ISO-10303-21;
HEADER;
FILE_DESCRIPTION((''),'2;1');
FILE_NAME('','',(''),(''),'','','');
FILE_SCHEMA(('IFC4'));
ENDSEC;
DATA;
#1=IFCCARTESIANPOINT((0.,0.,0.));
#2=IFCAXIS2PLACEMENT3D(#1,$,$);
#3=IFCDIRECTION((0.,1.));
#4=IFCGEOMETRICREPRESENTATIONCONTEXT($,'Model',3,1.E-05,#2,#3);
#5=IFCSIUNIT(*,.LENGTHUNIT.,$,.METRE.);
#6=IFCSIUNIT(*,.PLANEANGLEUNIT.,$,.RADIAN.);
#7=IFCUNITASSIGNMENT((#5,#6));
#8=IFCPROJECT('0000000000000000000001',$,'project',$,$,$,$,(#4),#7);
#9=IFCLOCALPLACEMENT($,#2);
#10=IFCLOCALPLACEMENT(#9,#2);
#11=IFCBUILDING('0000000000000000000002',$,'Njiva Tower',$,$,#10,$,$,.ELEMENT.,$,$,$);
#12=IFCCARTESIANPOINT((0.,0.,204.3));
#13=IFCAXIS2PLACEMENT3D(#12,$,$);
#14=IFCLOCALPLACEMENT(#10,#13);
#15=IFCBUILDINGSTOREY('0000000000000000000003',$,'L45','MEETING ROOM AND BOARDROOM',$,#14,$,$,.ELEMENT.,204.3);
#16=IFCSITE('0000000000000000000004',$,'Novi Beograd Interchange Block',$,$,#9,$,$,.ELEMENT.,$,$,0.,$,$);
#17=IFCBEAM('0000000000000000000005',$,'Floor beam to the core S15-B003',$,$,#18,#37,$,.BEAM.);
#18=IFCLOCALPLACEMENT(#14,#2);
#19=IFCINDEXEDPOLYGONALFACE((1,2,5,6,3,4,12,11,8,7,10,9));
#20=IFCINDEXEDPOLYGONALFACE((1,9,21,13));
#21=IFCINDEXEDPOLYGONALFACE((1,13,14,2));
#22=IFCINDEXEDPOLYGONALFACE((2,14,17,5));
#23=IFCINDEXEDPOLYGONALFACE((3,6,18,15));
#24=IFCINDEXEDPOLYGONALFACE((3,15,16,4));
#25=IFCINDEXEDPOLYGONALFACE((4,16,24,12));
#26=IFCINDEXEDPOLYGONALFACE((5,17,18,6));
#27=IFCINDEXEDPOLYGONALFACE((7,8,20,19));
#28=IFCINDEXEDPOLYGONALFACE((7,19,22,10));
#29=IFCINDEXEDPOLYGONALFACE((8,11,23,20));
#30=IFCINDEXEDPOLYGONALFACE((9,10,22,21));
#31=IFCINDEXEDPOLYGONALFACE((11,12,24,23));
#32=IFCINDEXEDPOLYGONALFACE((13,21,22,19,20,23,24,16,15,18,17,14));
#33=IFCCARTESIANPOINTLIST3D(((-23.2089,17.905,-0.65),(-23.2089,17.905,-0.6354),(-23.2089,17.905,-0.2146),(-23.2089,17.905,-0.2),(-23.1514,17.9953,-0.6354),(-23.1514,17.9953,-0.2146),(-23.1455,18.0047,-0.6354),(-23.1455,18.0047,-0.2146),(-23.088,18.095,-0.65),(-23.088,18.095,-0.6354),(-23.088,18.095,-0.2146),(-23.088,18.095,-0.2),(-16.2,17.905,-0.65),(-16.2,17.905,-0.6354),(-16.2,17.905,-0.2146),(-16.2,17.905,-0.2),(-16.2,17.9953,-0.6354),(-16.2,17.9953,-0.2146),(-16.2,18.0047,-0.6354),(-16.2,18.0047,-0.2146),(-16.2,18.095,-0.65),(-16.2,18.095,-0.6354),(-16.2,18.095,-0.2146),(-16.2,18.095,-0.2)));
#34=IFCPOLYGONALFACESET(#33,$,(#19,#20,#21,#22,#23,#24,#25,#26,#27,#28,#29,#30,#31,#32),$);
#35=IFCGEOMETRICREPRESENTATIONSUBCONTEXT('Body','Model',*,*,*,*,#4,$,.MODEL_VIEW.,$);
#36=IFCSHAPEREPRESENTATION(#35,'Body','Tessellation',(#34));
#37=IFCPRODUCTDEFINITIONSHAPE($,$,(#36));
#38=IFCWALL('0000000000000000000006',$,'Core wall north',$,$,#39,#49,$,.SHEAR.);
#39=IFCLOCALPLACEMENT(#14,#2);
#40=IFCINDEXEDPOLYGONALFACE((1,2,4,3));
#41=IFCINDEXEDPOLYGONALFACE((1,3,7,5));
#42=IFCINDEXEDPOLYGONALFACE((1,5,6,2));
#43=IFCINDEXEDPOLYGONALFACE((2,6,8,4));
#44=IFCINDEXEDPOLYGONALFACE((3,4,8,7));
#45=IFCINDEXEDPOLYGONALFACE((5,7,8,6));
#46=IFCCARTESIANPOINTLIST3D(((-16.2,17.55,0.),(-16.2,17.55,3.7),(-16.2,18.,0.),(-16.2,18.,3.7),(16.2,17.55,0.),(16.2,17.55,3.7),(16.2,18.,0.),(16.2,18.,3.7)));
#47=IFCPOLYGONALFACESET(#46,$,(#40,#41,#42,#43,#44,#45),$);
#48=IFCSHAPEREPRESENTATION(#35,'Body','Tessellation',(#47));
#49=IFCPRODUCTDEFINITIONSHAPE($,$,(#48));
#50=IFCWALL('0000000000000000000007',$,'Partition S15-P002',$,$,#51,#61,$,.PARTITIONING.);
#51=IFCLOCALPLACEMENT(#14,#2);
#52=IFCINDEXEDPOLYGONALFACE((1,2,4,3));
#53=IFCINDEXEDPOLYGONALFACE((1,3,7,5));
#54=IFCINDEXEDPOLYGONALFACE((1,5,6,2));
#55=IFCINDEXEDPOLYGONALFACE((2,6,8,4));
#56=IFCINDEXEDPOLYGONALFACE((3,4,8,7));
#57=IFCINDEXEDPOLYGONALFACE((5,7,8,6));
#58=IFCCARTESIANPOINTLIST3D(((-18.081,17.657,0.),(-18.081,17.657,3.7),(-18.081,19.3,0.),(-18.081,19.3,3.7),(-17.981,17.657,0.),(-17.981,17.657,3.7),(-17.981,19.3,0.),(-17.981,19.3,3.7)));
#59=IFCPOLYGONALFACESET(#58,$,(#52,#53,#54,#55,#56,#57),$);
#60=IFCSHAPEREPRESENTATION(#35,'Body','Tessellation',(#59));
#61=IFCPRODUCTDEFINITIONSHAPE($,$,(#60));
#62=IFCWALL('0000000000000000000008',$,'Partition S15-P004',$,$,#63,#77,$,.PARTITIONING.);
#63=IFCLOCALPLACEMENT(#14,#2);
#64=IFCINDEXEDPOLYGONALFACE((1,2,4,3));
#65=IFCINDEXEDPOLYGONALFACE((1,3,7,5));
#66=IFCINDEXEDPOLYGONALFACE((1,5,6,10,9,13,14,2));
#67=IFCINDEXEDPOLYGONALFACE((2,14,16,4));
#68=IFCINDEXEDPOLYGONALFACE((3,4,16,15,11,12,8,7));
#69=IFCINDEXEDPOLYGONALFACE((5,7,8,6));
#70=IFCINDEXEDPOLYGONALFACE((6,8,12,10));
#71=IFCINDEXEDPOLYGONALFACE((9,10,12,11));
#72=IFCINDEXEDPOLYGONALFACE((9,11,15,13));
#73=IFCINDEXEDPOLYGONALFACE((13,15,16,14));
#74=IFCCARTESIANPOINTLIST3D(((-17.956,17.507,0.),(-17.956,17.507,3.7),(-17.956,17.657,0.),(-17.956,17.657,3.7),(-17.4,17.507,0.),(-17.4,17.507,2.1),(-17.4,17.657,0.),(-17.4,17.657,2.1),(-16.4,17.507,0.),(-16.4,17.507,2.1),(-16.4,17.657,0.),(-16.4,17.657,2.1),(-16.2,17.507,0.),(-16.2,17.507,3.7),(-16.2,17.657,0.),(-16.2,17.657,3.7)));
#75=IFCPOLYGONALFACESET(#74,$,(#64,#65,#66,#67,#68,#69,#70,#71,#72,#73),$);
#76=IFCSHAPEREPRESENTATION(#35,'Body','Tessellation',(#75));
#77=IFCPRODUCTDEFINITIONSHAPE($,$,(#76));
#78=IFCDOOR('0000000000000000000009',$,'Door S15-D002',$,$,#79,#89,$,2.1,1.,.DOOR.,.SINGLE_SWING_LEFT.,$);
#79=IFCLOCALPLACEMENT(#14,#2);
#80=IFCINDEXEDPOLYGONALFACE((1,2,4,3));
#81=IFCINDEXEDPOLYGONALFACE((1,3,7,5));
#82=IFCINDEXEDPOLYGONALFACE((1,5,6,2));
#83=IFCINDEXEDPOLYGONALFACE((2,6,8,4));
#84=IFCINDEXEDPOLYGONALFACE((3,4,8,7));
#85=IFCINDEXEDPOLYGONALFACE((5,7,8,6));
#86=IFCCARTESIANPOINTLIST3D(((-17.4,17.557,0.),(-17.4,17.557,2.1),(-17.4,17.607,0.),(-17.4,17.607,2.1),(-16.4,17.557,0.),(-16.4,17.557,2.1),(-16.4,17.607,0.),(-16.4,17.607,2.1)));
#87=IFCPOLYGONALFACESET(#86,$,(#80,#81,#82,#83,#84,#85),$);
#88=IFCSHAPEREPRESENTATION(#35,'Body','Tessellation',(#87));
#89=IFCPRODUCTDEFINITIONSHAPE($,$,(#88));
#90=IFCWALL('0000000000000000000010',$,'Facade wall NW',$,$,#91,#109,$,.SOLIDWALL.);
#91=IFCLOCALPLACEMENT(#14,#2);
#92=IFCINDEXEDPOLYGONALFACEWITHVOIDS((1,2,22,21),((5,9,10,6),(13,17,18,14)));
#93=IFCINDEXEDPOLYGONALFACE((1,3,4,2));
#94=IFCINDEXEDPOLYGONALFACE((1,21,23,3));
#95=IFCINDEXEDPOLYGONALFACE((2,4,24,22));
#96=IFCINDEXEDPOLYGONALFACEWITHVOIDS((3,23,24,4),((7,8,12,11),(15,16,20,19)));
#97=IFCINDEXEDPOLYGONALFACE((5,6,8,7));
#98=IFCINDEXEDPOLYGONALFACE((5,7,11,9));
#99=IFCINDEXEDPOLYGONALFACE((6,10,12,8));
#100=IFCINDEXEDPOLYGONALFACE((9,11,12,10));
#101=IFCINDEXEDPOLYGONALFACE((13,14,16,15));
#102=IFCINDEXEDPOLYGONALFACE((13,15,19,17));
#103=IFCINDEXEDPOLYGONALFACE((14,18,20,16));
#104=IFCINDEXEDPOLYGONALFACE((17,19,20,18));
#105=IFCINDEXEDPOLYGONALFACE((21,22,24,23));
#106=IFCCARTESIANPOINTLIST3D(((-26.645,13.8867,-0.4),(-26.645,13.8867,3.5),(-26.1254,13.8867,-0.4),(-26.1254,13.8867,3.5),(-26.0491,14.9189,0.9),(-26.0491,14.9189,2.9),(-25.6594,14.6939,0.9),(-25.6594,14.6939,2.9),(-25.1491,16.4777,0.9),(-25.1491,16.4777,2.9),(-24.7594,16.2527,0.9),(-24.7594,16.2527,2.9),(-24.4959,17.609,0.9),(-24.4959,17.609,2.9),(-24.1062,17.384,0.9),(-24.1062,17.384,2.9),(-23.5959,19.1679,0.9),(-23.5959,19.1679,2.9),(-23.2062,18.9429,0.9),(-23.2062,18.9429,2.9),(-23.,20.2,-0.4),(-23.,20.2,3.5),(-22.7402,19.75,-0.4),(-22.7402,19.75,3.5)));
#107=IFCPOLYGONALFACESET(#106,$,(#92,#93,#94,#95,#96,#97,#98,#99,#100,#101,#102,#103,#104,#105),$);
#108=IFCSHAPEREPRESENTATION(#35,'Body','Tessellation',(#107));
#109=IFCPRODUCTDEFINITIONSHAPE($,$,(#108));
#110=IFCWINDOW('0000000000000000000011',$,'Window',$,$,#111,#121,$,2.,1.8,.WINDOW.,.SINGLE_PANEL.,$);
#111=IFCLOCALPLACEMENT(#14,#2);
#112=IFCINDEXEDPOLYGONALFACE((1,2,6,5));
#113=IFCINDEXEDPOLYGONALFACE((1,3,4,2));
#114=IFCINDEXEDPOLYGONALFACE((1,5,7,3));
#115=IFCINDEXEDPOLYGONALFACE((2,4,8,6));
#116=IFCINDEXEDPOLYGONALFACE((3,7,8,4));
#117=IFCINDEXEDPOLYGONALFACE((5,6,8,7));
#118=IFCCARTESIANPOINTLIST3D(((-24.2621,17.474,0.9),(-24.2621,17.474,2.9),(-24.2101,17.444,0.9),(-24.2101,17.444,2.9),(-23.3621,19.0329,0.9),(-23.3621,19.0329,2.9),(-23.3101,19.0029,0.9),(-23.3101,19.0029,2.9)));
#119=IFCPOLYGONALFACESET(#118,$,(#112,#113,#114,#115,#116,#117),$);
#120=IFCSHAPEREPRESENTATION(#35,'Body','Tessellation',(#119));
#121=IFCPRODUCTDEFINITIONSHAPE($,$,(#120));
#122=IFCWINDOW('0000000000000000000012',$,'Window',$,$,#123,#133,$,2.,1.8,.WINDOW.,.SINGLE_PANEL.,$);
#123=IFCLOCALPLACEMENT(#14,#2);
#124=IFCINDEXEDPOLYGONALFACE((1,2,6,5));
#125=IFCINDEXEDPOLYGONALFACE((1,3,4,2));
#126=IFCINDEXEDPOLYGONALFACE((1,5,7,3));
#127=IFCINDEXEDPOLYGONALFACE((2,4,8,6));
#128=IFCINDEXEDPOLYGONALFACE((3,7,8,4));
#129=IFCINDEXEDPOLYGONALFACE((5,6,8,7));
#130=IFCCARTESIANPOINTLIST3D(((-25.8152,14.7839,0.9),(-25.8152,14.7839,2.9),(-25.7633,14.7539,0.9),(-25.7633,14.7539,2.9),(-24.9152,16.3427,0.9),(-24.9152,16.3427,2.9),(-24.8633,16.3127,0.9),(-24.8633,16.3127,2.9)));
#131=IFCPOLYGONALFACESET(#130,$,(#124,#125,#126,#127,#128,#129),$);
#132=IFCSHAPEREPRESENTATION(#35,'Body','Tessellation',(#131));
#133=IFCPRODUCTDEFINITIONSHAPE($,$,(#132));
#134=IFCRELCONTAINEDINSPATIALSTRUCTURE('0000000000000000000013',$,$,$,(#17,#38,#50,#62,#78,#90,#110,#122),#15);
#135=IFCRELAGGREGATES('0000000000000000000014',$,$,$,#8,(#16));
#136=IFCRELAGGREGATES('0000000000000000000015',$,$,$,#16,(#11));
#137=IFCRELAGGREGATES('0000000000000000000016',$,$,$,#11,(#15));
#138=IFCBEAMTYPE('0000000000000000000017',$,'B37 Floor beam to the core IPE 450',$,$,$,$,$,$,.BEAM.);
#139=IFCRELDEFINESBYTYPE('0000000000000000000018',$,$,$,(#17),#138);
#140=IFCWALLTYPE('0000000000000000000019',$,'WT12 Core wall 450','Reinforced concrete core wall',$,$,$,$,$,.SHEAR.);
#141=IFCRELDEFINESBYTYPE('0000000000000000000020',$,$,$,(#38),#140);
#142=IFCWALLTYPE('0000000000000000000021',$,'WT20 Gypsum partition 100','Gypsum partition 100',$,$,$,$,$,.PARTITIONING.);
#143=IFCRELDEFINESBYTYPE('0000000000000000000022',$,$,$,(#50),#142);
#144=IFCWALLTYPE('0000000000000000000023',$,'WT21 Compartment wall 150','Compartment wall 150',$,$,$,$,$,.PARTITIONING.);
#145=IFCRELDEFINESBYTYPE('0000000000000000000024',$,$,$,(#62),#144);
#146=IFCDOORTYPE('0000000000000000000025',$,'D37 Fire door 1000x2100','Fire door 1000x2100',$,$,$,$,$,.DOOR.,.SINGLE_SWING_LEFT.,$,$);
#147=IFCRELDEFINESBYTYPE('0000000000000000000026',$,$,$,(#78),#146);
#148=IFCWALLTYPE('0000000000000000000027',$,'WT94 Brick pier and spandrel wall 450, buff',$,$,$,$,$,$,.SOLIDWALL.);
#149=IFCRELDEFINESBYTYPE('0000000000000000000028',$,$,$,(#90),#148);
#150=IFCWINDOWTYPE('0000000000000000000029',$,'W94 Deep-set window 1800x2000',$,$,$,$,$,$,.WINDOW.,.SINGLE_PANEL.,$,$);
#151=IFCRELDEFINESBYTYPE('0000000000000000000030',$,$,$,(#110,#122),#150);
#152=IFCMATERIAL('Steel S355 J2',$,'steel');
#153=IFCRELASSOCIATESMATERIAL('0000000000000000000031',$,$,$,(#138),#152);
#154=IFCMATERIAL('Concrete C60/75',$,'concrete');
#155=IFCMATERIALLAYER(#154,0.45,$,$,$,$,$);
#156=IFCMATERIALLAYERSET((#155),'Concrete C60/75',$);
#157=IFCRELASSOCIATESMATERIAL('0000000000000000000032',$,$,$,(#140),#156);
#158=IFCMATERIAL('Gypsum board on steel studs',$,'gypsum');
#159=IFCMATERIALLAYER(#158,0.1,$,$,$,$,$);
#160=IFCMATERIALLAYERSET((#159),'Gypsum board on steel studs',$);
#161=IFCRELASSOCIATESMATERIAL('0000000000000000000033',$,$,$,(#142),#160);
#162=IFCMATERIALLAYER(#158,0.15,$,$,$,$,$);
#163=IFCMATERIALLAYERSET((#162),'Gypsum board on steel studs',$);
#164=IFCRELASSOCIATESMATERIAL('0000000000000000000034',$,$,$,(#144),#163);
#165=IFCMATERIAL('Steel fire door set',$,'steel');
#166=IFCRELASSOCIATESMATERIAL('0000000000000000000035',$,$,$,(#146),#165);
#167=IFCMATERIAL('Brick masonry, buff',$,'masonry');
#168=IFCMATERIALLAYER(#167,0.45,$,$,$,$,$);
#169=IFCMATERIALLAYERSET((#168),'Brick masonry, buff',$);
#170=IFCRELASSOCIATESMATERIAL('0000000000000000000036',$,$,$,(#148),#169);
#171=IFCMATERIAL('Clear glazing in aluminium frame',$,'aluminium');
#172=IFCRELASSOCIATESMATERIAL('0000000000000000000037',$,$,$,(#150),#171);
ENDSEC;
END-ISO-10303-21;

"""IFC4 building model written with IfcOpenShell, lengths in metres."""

from ifc_helpers import new_model, si_unit, direction, frame, frame_2d, origin, origin_2d, place, context, subcontext, project, spatial, polyline, rectangle, i_section, outline, extrude, clip, halfspace, material, layer, layer_set, material_profile, profile_set, type_object, element, fill, save


model = new_model("IFC4")

# Units and contexts
model_context = context("Model", 3, precision=1e-05, world=origin(), true_north=direction((0.0, 1.0)))
body_context = subcontext(model_context, "Body", "Model", "MODEL_VIEW")
ifc_project = project(units=[si_unit("LENGTHUNIT", "METRE"), si_unit("PLANEANGLEUNIT", "RADIAN")], contexts=[model_context])

# Site, building, storey
site_placement = place(None, origin())
site = spatial("IfcSite", under=ifc_project, at=site_placement, Name="Novi Beograd Interchange Block", CompositionType="ELEMENT", RefElevation=0.0)
building_placement = place(site_placement, origin())
building = spatial("IfcBuilding", under=site, at=building_placement, Name="Njiva Tower", CompositionType="ELEMENT")
storey_placement = place(building_placement, frame((0.0, 0.0, 204.3)))
storey = spatial("IfcBuildingStorey", under=building, at=storey_placement, Name="L45", Description="MEETING ROOM AND BOARDROOM", CompositionType="ELEMENT", Elevation=204.3)

# Shared definitions
ifc_material_1 = material(Name="Steel S355 J2", Category="steel")

# Beam
ifc_material_profile_1 = material_profile(ifc_material_1, i_section(OverallWidth=0.19, OverallDepth=0.45, WebThickness=0.0094, FlangeThickness=0.0146, at=origin_2d()), Name="IPE 450")
ifc_profile_set_1 = profile_set([ifc_material_profile_1], Name="Steel S355 J2")
beam_type_1 = type_object("IfcBeamType", Name="B37 Floor beam to the core IPE 450", PredefinedType="BEAM", material=ifc_profile_set_1)
beam_1_placement = place(storey_placement, frame((-23.228, 18.0, -0.425), z_axis=(1.0, 0.0, 0.0), x_axis=(0.0, 1.0, 0.0)))
element("IfcBeam", 1, at=beam_1_placement, inside=storey, type_object=beam_type_1, Name="Floor beam to the core S15-B003", PredefinedType="BEAM", context=body_context, shape_type="Clipping", body=[
    clip(extrude(i_section(OverallWidth=0.19, OverallDepth=0.45, WebThickness=0.0094, FlangeThickness=0.0146, at=origin_2d()), origin(), (0.0, 0.0, 1.0), 7.028), halfspace(frame((0.0268, 0.0, 0.0966), z_axis=(0.536617, 0.0, -0.843826), x_axis=(0.0, -1.0, 0.0)), False)),
])

# Walls
ifc_material_2 = material(Name="Concrete C60/75", Category="concrete")
ifc_layer_1 = layer(ifc_material_2, 0.45)
ifc_layer_set_1 = layer_set([ifc_layer_1], Name="Concrete C60/75")
wall_type_1 = type_object("IfcWallType", Name="WT12 Core wall 450", Description="Reinforced concrete core wall", PredefinedType="SHEAR", material=ifc_layer_set_1)
wall_1_placement = place(storey_placement, frame((-16.2, 17.775, 0.0), z_axis=(0.0, 0.0, 1.0), x_axis=(1.0, 0.0, 0.0)))
element("IfcWall", 2, at=wall_1_placement, inside=storey, type_object=wall_type_1, Name="Core wall north", PredefinedType="SHEAR", context=body_context, shape_type="SweptSolid", body=[
    extrude(rectangle(XDim=32.4, YDim=0.45, at=frame_2d((16.2, 0.0))), origin(), (0.0, 0.0, 1.0), 3.7),
])
ifc_material_3 = material(Name="Gypsum board on steel studs", Category="gypsum")
ifc_layer_2 = layer(ifc_material_3, 0.1)
ifc_layer_set_2 = layer_set([ifc_layer_2], Name="Gypsum board on steel studs")
wall_type_2 = type_object("IfcWallType", Name="WT20 Gypsum partition 100", Description="Gypsum partition 100", PredefinedType="PARTITIONING", material=ifc_layer_set_2)
wall_2_placement = place(storey_placement, frame((-18.031, 17.657, 0.0), z_axis=(0.0, 0.0, 1.0), x_axis=(0.0, 1.0, 0.0)))
element("IfcWall", 3, at=wall_2_placement, inside=storey, type_object=wall_type_2, Name="Partition S15-P002", PredefinedType="PARTITIONING", context=body_context, shape_type="SweptSolid", body=[
    extrude(rectangle(XDim=1.643, YDim=0.1, at=frame_2d((0.8215, 0.0))), origin(), (0.0, 0.0, 1.0), 3.7),
])

# Wall, opening, door
ifc_layer_3 = layer(ifc_material_3, 0.15)
ifc_layer_set_3 = layer_set([ifc_layer_3], Name="Gypsum board on steel studs")
wall_type_3 = type_object("IfcWallType", Name="WT21 Compartment wall 150", Description="Compartment wall 150", PredefinedType="PARTITIONING", material=ifc_layer_set_3)
wall_3_placement = place(storey_placement, frame((-17.956, 17.582, 0.0), z_axis=(0.0, 0.0, 1.0), x_axis=(1.0, 0.0, 0.0)))
wall_3 = element("IfcWall", 4, at=wall_3_placement, inside=storey, type_object=wall_type_3, Name="Partition S15-P004", PredefinedType="PARTITIONING", context=body_context, shape_type="SweptSolid", body=[
    extrude(rectangle(XDim=1.756, YDim=0.15, at=frame_2d((0.878, 0.0))), origin(), (0.0, 0.0, 1.0), 3.7),
])
opening_1_placement = place(wall_3_placement, frame((0.556, 0.0, 0.0)))
opening_1 = element("IfcOpeningElement", 5, at=opening_1_placement, cuts=wall_3, PredefinedType="OPENING", context=body_context, shape_type="SweptSolid", body=[
    extrude(rectangle(XDim=1.0, YDim=2.1, at=frame_2d((0.5, 1.05))), frame((0.0, 0.085, 0.0), z_axis=(0.0, -1.0, 0.0), x_axis=(1.0, 0.0, 0.0)), (0.0, 0.0, 1.0), 0.17),
])
ifc_material_4 = material(Name="Steel fire door set", Category="steel")
door_type = type_object("IfcDoorType", Name="D37 Fire door 1000x2100", Description="Fire door 1000x2100", OperationType="SINGLE_SWING_LEFT", PredefinedType="DOOR", material=ifc_material_4)
door_placement = place(opening_1_placement, origin())
door = element("IfcDoor", 6, at=door_placement, inside=storey, type_object=door_type, Name="Door S15-D002", OperationType="SINGLE_SWING_LEFT", OverallHeight=2.1, OverallWidth=1.0, PredefinedType="DOOR", context=body_context, shape_type="SweptSolid", body=[
    extrude(rectangle(XDim=1.0, YDim=2.1, at=frame_2d((0.5, 1.05))), frame((0.0, 0.025, 0.0), z_axis=(0.0, -1.0, 0.0), x_axis=(1.0, 0.0, 0.0)), (0.0, 0.0, 1.0), 0.05),
])
fill(opening_1, door)

# Wall, openings, windows
ifc_material_5 = material(Name="Clear glazing in aluminium frame", Category="aluminium")
ifc_material_6 = material(Name="Brick masonry, buff", Category="masonry")
ifc_layer_4 = layer(ifc_material_6, 0.45)
ifc_layer_set_4 = layer_set([ifc_layer_4], Name="Brick masonry, buff")
wall_type_4 = type_object("IfcWallType", Name="WT94 Brick pier and spandrel wall 450, buff", PredefinedType="SOLIDWALL", material=ifc_layer_set_4)
wall_4_placement = place(storey_placement, frame((-22.8701, 19.975, -0.4), z_axis=(0.0, 0.0, 1.0), x_axis=(-0.500002, -0.866024, 0.0)))
wall_4 = element("IfcWall", 7, at=wall_4_placement, inside=storey, type_object=wall_type_4, Name="Facade wall NW", PredefinedType="SOLIDWALL", context=body_context, shape_type="SweptSolid", body=[
    extrude(outline(polyline([(-0.1299, -0.225), (7.1601, -0.225), (6.9003, 0.225), (0.1299, 0.225), (-0.1299, -0.225)])), origin(), (0.0, 0.0, 1.0), 3.9),
])
opening_2_placement = place(wall_4_placement, frame((1.0619, 0.0, 1.3)))
opening_2 = element("IfcOpeningElement", 8, at=opening_2_placement, cuts=wall_4, PredefinedType="OPENING", context=body_context, shape_type="SweptSolid", body=[
    extrude(rectangle(XDim=1.8, YDim=2.0, at=frame_2d((0.9, 1.0))), frame((0.0, 0.235, 0.0), z_axis=(0.0, -1.0, 0.0), x_axis=(1.0, 0.0, 0.0)), (0.0, 0.0, 1.0), 0.47),
])
opening_3_placement = place(wall_4_placement, frame((4.1682, 0.0, 1.3)))
opening_3 = element("IfcOpeningElement", 9, at=opening_3_placement, cuts=wall_4, PredefinedType="OPENING", context=body_context, shape_type="SweptSolid", body=[
    extrude(rectangle(XDim=1.8, YDim=2.0, at=frame_2d((0.9, 1.0))), frame((0.0, 0.235, 0.0), z_axis=(0.0, -1.0, 0.0), x_axis=(1.0, 0.0, 0.0)), (0.0, 0.0, 1.0), 0.47),
])
window_type_1 = type_object("IfcWindowType", Name="W94 Deep-set window 1800x2000", PartitioningType="SINGLE_PANEL", PredefinedType="WINDOW", material=ifc_material_5)
window_1_placement = place(opening_2_placement, origin())
window_1 = element("IfcWindow", 10, at=window_1_placement, inside=storey, type_object=window_type_1, Name="Window", OverallHeight=2.0, OverallWidth=1.8, PartitioningType="SINGLE_PANEL", PredefinedType="WINDOW", context=body_context, shape_type="SweptSolid", body=[
    extrude(rectangle(XDim=1.8, YDim=2.0, at=frame_2d((0.9, 1.0))), frame((0.0, 0.105, 0.0), z_axis=(0.0, -1.0, 0.0), x_axis=(1.0, 0.0, 0.0)), (0.0, 0.0, 1.0), 0.06),
])
fill(opening_2, window_1)
window_2_placement = place(opening_3_placement, origin())
window_2 = element("IfcWindow", 11, at=window_2_placement, inside=storey, type_object=window_type_1, Name="Window", OverallHeight=2.0, OverallWidth=1.8, PartitioningType="SINGLE_PANEL", PredefinedType="WINDOW", context=body_context, shape_type="SweptSolid", body=[
    extrude(rectangle(XDim=1.8, YDim=2.0, at=frame_2d((0.9, 1.0))), frame((0.0, 0.105, 0.0), z_axis=(0.0, -1.0, 0.0), x_axis=(1.0, 0.0, 0.0)), (0.0, 0.0, 1.0), 0.06),
])
fill(opening_3, window_2)

save(model, "model.ifc")
